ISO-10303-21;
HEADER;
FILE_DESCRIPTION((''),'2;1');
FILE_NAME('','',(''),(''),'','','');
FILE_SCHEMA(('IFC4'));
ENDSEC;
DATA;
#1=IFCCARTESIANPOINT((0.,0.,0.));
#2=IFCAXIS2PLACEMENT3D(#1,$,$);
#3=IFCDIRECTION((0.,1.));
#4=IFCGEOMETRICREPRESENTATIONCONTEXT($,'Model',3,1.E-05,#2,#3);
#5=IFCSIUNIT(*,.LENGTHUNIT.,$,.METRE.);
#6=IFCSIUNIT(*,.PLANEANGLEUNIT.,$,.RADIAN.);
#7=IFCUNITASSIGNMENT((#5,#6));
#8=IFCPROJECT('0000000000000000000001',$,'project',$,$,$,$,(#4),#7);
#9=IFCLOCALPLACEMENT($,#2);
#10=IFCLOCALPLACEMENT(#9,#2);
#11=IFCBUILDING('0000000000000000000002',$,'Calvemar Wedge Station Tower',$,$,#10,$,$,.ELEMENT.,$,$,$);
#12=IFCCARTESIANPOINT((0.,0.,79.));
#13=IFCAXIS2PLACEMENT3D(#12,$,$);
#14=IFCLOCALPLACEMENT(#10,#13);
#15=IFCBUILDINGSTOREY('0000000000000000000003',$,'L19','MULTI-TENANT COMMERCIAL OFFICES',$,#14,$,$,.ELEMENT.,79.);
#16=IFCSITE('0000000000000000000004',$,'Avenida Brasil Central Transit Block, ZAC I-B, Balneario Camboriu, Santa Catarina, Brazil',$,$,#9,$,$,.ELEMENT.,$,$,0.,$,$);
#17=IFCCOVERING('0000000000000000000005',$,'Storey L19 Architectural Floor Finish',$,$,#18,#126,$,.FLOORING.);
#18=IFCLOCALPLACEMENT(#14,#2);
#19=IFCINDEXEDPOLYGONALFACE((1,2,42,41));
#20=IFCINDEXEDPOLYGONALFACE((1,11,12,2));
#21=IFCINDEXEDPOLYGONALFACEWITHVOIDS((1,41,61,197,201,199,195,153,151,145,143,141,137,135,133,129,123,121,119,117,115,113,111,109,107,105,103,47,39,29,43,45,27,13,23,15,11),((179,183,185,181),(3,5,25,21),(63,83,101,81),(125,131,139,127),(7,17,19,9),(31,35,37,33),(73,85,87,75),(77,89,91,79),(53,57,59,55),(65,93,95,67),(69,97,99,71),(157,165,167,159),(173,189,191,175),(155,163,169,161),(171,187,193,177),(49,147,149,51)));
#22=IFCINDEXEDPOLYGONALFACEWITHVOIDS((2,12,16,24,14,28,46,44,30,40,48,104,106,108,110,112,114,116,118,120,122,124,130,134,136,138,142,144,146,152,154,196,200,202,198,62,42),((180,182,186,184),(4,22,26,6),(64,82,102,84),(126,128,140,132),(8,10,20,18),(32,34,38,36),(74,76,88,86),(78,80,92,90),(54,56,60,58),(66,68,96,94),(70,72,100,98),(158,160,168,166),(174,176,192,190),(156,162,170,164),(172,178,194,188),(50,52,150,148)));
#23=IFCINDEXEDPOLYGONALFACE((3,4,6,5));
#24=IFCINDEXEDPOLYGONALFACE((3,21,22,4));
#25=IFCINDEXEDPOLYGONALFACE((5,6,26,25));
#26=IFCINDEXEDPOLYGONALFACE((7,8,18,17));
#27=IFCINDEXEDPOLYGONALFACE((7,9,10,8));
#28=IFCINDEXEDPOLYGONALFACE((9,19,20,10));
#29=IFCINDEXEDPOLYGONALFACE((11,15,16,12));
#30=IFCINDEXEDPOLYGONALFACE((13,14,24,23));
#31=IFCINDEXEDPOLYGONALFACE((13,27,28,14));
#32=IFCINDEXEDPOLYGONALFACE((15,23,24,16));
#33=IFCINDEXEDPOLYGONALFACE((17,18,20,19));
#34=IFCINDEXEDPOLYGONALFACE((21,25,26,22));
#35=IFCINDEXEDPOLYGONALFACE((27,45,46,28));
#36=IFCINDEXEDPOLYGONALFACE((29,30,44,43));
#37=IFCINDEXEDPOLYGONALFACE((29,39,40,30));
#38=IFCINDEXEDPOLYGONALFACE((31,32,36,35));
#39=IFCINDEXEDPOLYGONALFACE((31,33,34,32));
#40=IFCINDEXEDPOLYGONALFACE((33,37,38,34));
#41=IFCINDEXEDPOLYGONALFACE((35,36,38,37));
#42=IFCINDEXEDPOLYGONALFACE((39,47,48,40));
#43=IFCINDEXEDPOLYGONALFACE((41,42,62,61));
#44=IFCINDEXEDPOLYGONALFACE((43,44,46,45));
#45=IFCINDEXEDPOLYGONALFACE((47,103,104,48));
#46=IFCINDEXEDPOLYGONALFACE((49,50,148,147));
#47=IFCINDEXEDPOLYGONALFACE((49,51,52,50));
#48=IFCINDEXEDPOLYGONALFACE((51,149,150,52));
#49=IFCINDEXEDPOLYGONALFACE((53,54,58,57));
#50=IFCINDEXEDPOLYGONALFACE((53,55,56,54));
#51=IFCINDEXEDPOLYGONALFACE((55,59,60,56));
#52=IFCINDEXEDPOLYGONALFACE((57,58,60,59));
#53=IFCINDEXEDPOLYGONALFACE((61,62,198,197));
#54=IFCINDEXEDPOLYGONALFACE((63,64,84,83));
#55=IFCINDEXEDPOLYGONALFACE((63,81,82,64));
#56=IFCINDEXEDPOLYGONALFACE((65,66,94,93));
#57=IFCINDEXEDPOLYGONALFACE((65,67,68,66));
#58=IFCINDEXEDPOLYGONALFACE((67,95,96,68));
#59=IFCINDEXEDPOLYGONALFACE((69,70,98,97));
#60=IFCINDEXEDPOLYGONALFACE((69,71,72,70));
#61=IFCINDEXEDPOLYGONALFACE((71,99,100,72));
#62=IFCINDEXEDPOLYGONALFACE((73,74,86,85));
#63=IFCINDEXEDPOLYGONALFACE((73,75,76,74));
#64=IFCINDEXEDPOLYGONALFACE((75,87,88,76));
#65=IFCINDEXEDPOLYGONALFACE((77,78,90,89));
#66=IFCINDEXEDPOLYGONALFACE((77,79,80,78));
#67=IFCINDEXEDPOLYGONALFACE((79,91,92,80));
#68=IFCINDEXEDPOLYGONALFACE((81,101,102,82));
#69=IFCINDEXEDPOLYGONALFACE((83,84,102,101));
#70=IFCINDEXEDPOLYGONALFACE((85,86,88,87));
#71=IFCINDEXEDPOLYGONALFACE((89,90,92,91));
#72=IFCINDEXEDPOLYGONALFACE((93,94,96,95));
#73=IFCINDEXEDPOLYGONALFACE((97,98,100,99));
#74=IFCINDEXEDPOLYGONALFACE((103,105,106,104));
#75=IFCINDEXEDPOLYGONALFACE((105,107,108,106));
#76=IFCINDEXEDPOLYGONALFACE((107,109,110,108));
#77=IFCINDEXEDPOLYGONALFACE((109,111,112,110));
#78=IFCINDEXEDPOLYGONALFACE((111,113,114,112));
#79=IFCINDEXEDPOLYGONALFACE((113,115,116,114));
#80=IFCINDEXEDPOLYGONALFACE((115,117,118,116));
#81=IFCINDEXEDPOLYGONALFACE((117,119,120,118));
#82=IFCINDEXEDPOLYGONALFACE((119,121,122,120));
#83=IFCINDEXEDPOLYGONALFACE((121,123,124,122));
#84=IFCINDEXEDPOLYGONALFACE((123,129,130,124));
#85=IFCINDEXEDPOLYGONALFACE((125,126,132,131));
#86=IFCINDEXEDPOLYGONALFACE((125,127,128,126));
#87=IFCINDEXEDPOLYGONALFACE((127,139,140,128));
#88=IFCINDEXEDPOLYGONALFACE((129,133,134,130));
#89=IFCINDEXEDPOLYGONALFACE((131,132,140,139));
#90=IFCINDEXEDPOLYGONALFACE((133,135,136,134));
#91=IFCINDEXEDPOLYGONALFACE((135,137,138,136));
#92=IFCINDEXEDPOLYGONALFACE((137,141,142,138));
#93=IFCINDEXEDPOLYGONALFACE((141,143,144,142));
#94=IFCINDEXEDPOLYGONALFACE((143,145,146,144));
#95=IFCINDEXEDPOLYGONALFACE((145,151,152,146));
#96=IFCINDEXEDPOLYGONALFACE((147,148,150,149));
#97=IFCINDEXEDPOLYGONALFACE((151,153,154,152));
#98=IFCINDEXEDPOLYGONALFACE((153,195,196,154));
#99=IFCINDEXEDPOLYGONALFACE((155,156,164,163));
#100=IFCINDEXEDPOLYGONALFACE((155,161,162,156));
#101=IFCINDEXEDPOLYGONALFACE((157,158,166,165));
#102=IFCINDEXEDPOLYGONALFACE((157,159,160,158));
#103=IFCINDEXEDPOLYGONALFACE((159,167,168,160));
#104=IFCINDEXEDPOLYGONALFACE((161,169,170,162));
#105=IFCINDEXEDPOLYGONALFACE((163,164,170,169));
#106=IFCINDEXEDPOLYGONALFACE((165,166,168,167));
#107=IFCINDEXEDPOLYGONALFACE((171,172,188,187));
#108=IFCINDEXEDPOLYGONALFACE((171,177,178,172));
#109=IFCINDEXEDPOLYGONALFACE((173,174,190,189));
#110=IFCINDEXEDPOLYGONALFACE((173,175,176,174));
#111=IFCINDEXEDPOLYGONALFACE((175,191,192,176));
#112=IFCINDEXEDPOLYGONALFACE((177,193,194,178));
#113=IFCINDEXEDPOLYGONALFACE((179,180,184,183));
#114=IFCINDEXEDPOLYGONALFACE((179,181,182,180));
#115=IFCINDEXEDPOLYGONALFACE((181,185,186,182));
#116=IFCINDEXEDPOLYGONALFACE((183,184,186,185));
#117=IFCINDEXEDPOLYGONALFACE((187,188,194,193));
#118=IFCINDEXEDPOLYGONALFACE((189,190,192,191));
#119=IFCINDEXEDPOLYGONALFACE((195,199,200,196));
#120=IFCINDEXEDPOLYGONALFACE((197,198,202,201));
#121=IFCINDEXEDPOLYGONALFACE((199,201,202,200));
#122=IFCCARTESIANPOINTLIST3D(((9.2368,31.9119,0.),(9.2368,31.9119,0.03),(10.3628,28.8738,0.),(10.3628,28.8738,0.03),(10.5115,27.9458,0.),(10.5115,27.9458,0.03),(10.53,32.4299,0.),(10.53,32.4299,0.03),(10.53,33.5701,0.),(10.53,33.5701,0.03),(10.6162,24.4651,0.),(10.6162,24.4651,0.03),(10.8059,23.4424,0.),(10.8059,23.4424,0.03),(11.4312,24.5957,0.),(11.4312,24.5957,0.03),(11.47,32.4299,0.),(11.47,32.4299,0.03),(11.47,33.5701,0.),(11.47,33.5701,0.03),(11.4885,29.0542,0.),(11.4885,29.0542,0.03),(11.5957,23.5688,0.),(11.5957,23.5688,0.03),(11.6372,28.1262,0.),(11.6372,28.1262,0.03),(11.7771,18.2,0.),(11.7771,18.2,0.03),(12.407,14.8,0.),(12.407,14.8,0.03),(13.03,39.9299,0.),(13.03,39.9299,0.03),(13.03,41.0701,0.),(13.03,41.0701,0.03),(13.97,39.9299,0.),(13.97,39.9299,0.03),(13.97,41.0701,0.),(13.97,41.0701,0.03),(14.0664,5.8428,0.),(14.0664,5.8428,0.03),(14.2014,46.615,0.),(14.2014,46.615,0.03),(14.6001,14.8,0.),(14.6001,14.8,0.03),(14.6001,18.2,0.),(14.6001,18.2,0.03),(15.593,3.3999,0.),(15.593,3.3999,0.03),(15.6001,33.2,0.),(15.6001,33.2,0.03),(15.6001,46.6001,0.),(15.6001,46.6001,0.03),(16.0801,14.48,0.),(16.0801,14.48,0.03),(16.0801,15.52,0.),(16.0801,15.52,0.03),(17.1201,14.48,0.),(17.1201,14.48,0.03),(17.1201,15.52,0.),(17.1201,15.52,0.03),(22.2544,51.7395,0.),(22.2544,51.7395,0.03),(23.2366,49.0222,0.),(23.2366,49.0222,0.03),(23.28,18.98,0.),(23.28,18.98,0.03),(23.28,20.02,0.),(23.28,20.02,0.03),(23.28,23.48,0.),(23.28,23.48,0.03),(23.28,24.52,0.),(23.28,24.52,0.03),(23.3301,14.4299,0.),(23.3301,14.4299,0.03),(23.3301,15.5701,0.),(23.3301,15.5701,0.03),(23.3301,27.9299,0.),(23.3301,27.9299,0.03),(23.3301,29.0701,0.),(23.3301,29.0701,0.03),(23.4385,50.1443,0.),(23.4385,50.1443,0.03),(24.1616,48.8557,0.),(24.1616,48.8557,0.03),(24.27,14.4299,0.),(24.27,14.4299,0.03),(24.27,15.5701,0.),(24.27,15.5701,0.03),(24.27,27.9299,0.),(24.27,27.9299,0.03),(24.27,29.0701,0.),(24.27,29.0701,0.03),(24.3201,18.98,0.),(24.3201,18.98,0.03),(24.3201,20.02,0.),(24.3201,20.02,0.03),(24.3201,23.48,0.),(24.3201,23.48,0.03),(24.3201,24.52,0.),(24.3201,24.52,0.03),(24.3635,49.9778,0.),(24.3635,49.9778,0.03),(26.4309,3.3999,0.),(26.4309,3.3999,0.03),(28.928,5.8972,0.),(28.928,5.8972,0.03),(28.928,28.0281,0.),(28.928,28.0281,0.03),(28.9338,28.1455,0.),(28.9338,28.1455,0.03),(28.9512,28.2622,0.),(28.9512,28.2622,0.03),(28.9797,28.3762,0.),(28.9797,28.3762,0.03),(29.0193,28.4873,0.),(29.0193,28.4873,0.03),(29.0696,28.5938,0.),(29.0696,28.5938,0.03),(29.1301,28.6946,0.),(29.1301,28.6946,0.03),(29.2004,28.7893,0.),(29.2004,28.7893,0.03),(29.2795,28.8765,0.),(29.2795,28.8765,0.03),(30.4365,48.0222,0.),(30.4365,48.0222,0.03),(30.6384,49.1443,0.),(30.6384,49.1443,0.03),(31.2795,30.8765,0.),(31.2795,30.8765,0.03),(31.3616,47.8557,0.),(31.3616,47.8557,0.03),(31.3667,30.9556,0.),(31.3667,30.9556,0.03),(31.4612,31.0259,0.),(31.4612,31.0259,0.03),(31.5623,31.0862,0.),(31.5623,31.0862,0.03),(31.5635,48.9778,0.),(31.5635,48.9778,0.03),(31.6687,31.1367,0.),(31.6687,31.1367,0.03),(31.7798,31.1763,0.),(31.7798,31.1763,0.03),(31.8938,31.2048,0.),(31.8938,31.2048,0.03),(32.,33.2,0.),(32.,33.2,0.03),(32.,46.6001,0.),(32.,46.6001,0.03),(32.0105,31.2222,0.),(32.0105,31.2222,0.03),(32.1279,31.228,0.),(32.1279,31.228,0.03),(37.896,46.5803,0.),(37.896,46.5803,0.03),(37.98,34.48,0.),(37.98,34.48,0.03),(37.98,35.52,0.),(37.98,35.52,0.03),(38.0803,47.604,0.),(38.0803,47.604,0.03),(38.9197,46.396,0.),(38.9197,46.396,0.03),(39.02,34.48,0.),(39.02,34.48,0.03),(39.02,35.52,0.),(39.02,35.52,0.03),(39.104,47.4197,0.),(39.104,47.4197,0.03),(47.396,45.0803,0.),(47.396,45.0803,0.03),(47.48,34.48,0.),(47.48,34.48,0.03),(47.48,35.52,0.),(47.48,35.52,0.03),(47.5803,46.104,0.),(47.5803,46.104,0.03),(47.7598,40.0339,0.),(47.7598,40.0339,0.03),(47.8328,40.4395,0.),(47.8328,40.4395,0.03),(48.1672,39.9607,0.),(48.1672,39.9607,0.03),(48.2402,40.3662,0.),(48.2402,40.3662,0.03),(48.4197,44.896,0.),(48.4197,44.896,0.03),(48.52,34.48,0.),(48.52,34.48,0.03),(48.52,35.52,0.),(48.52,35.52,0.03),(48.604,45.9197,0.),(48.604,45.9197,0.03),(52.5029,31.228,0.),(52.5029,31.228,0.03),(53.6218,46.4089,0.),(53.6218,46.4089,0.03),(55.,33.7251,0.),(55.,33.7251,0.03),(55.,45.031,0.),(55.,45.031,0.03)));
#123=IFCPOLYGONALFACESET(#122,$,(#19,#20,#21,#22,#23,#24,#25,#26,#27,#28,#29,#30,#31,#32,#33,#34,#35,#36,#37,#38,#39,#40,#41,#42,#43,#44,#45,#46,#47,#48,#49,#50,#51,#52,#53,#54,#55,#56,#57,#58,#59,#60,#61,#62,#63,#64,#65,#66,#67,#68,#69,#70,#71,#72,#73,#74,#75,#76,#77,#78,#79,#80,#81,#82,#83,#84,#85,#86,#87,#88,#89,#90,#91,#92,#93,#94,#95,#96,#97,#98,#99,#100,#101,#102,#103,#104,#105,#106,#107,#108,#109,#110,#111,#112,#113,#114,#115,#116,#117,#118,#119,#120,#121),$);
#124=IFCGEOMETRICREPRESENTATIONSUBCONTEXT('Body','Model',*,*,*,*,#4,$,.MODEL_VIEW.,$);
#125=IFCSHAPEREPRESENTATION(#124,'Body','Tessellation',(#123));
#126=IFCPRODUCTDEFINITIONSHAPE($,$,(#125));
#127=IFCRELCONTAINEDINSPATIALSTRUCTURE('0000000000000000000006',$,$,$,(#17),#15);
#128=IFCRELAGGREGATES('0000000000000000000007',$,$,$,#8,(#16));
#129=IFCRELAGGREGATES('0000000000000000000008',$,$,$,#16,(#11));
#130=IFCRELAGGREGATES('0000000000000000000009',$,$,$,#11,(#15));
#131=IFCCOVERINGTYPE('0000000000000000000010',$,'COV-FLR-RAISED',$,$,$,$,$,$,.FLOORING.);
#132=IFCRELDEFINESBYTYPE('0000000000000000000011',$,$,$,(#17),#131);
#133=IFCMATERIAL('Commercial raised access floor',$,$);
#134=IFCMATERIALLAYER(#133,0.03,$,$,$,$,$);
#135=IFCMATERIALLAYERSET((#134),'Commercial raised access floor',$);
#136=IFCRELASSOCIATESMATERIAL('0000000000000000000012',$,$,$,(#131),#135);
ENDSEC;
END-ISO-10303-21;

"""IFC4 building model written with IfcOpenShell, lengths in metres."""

from ifc_helpers import new_model, si_unit, direction, frame, origin, place, context, subcontext, project, spatial, polyline, outline, extrude, material, layer, layer_set, type_object, element, save


model = new_model("IFC4")

# Units and contexts
model_context = context("Model", 3, precision=1e-05, world=origin(), true_north=direction((0.0, 1.0)))
body_context = subcontext(model_context, "Body", "Model", "MODEL_VIEW")
ifc_project = project(units=[si_unit("LENGTHUNIT", "METRE"), si_unit("PLANEANGLEUNIT", "RADIAN")], contexts=[model_context])

# Site, building, storey
site_placement = place(None, origin())
site = spatial("IfcSite", under=ifc_project, at=site_placement, Name="Avenida Brasil Central Transit Block, ZAC I-B, Balneario Camboriu, Santa Catarina, Brazil", CompositionType="ELEMENT", RefElevation=0.0)
building_placement = place(site_placement, origin())
building = spatial("IfcBuilding", under=site, at=building_placement, Name="Calvemar Wedge Station Tower", CompositionType="ELEMENT")
storey_placement = place(building_placement, frame((0.0, 0.0, 79.0)))
storey = spatial("IfcBuildingStorey", under=building, at=storey_placement, Name="L19", Description="MULTI-TENANT COMMERCIAL OFFICES", CompositionType="ELEMENT", Elevation=79.0)

# Covering
ifc_material_1 = material(Name="Commercial raised access floor")
ifc_layer_1 = layer(ifc_material_1, 0.03)
ifc_layer_set_1 = layer_set([ifc_layer_1], Name="Commercial raised access floor")
covering_type_1 = type_object("IfcCoveringType", Name="COV-FLR-RAISED", PredefinedType="FLOORING", material=ifc_layer_set_1)
covering_1_placement = place(storey_placement, origin())
element("IfcCovering", 1, at=covering_1_placement, inside=storey, type_object=covering_type_1, Name="Storey L19 Architectural Floor Finish", PredefinedType="FLOORING", context=body_context, shape_type="SweptSolid", body=[
    extrude(outline(polyline([(29.2795, 28.8765), (31.2795, 30.8765), (31.3667, 30.9556), (31.4612, 31.0259), (31.5623, 31.0862), (31.6687, 31.1367), (31.7798, 31.1763), (31.8938, 31.2048), (32.0105, 31.2222), (32.1279, 31.228), (52.5029, 31.228), (55.0, 33.7251), (55.0, 45.031), (53.6218, 46.4089), (22.2544, 51.7395), (14.2014, 46.615), (9.2368, 31.9119), (10.6162, 24.4651), (11.4312, 24.5957), (11.5957, 23.5688), (10.8059, 23.4424), (11.7771, 18.2), (14.6001, 18.2), (14.6001, 14.8), (12.407, 14.8), (14.0664, 5.8428), (15.593, 3.3999), (26.4309, 3.3999), (28.928, 5.8972), (28.928, 28.0281), (28.9338, 28.1455), (28.9512, 28.2622), (28.9797, 28.3762), (29.0193, 28.4873), (29.0696, 28.5938), (29.1301, 28.6946), (29.2004, 28.7893), (29.2795, 28.8765)]), holes=[polyline([(15.6001, 46.6001), (32.0, 46.6001), (32.0, 33.2), (15.6001, 33.2), (15.6001, 46.6001)]), polyline([(10.53, 32.4299), (10.53, 33.5701), (11.47, 33.5701), (11.47, 32.4299), (10.53, 32.4299)]), polyline([(13.03, 41.0701), (13.97, 41.0701), (13.97, 39.9299), (13.03, 39.9299), (13.03, 41.0701)]), polyline([(24.3635, 49.9778), (24.1616, 48.8557), (23.2366, 49.0222), (23.4385, 50.1443), (24.3635, 49.9778)]), polyline([(31.3616, 47.8557), (30.4365, 48.0222), (30.6384, 49.1443), (31.5635, 48.9778), (31.3616, 47.8557)]), polyline([(37.896, 46.5803), (38.0803, 47.604), (39.104, 47.4197), (38.9197, 46.396), (37.896, 46.5803)]), polyline([(47.5803, 46.104), (48.604, 45.9197), (48.4197, 44.896), (47.396, 45.0803), (47.5803, 46.104)]), polyline([(39.02, 35.52), (39.02, 34.48), (37.98, 34.48), (37.98, 35.52), (39.02, 35.52)]), polyline([(48.52, 34.48), (47.48, 34.48), (47.48, 35.52), (48.52, 35.52), (48.52, 34.48)]), polyline([(47.7598, 40.0339), (47.8328, 40.4395), (48.2402, 40.3662), (48.1672, 39.9607), (47.7598, 40.0339)]), polyline([(11.4885, 29.0542), (11.6372, 28.1262), (10.5115, 27.9458), (10.3628, 28.8738), (11.4885, 29.0542)]), polyline([(24.27, 27.9299), (23.3301, 27.9299), (23.3301, 29.0701), (24.27, 29.0701), (24.27, 27.9299)]), polyline([(23.28, 23.48), (23.28, 24.52), (24.3201, 24.52), (24.3201, 23.48), (23.28, 23.48)]), polyline([(23.28, 20.02), (24.3201, 20.02), (24.3201, 18.98), (23.28, 18.98), (23.28, 20.02)]), polyline([(24.27, 15.5701), (24.27, 14.4299), (23.3301, 14.4299), (23.3301, 15.5701), (24.27, 15.5701)]), polyline([(17.1201, 14.48), (16.0801, 14.48), (16.0801, 15.52), (17.1201, 15.52), (17.1201, 14.48)])]), origin(), (0.0, 0.0, 1.0), 0.03),
])

save(model, "model.ifc")
